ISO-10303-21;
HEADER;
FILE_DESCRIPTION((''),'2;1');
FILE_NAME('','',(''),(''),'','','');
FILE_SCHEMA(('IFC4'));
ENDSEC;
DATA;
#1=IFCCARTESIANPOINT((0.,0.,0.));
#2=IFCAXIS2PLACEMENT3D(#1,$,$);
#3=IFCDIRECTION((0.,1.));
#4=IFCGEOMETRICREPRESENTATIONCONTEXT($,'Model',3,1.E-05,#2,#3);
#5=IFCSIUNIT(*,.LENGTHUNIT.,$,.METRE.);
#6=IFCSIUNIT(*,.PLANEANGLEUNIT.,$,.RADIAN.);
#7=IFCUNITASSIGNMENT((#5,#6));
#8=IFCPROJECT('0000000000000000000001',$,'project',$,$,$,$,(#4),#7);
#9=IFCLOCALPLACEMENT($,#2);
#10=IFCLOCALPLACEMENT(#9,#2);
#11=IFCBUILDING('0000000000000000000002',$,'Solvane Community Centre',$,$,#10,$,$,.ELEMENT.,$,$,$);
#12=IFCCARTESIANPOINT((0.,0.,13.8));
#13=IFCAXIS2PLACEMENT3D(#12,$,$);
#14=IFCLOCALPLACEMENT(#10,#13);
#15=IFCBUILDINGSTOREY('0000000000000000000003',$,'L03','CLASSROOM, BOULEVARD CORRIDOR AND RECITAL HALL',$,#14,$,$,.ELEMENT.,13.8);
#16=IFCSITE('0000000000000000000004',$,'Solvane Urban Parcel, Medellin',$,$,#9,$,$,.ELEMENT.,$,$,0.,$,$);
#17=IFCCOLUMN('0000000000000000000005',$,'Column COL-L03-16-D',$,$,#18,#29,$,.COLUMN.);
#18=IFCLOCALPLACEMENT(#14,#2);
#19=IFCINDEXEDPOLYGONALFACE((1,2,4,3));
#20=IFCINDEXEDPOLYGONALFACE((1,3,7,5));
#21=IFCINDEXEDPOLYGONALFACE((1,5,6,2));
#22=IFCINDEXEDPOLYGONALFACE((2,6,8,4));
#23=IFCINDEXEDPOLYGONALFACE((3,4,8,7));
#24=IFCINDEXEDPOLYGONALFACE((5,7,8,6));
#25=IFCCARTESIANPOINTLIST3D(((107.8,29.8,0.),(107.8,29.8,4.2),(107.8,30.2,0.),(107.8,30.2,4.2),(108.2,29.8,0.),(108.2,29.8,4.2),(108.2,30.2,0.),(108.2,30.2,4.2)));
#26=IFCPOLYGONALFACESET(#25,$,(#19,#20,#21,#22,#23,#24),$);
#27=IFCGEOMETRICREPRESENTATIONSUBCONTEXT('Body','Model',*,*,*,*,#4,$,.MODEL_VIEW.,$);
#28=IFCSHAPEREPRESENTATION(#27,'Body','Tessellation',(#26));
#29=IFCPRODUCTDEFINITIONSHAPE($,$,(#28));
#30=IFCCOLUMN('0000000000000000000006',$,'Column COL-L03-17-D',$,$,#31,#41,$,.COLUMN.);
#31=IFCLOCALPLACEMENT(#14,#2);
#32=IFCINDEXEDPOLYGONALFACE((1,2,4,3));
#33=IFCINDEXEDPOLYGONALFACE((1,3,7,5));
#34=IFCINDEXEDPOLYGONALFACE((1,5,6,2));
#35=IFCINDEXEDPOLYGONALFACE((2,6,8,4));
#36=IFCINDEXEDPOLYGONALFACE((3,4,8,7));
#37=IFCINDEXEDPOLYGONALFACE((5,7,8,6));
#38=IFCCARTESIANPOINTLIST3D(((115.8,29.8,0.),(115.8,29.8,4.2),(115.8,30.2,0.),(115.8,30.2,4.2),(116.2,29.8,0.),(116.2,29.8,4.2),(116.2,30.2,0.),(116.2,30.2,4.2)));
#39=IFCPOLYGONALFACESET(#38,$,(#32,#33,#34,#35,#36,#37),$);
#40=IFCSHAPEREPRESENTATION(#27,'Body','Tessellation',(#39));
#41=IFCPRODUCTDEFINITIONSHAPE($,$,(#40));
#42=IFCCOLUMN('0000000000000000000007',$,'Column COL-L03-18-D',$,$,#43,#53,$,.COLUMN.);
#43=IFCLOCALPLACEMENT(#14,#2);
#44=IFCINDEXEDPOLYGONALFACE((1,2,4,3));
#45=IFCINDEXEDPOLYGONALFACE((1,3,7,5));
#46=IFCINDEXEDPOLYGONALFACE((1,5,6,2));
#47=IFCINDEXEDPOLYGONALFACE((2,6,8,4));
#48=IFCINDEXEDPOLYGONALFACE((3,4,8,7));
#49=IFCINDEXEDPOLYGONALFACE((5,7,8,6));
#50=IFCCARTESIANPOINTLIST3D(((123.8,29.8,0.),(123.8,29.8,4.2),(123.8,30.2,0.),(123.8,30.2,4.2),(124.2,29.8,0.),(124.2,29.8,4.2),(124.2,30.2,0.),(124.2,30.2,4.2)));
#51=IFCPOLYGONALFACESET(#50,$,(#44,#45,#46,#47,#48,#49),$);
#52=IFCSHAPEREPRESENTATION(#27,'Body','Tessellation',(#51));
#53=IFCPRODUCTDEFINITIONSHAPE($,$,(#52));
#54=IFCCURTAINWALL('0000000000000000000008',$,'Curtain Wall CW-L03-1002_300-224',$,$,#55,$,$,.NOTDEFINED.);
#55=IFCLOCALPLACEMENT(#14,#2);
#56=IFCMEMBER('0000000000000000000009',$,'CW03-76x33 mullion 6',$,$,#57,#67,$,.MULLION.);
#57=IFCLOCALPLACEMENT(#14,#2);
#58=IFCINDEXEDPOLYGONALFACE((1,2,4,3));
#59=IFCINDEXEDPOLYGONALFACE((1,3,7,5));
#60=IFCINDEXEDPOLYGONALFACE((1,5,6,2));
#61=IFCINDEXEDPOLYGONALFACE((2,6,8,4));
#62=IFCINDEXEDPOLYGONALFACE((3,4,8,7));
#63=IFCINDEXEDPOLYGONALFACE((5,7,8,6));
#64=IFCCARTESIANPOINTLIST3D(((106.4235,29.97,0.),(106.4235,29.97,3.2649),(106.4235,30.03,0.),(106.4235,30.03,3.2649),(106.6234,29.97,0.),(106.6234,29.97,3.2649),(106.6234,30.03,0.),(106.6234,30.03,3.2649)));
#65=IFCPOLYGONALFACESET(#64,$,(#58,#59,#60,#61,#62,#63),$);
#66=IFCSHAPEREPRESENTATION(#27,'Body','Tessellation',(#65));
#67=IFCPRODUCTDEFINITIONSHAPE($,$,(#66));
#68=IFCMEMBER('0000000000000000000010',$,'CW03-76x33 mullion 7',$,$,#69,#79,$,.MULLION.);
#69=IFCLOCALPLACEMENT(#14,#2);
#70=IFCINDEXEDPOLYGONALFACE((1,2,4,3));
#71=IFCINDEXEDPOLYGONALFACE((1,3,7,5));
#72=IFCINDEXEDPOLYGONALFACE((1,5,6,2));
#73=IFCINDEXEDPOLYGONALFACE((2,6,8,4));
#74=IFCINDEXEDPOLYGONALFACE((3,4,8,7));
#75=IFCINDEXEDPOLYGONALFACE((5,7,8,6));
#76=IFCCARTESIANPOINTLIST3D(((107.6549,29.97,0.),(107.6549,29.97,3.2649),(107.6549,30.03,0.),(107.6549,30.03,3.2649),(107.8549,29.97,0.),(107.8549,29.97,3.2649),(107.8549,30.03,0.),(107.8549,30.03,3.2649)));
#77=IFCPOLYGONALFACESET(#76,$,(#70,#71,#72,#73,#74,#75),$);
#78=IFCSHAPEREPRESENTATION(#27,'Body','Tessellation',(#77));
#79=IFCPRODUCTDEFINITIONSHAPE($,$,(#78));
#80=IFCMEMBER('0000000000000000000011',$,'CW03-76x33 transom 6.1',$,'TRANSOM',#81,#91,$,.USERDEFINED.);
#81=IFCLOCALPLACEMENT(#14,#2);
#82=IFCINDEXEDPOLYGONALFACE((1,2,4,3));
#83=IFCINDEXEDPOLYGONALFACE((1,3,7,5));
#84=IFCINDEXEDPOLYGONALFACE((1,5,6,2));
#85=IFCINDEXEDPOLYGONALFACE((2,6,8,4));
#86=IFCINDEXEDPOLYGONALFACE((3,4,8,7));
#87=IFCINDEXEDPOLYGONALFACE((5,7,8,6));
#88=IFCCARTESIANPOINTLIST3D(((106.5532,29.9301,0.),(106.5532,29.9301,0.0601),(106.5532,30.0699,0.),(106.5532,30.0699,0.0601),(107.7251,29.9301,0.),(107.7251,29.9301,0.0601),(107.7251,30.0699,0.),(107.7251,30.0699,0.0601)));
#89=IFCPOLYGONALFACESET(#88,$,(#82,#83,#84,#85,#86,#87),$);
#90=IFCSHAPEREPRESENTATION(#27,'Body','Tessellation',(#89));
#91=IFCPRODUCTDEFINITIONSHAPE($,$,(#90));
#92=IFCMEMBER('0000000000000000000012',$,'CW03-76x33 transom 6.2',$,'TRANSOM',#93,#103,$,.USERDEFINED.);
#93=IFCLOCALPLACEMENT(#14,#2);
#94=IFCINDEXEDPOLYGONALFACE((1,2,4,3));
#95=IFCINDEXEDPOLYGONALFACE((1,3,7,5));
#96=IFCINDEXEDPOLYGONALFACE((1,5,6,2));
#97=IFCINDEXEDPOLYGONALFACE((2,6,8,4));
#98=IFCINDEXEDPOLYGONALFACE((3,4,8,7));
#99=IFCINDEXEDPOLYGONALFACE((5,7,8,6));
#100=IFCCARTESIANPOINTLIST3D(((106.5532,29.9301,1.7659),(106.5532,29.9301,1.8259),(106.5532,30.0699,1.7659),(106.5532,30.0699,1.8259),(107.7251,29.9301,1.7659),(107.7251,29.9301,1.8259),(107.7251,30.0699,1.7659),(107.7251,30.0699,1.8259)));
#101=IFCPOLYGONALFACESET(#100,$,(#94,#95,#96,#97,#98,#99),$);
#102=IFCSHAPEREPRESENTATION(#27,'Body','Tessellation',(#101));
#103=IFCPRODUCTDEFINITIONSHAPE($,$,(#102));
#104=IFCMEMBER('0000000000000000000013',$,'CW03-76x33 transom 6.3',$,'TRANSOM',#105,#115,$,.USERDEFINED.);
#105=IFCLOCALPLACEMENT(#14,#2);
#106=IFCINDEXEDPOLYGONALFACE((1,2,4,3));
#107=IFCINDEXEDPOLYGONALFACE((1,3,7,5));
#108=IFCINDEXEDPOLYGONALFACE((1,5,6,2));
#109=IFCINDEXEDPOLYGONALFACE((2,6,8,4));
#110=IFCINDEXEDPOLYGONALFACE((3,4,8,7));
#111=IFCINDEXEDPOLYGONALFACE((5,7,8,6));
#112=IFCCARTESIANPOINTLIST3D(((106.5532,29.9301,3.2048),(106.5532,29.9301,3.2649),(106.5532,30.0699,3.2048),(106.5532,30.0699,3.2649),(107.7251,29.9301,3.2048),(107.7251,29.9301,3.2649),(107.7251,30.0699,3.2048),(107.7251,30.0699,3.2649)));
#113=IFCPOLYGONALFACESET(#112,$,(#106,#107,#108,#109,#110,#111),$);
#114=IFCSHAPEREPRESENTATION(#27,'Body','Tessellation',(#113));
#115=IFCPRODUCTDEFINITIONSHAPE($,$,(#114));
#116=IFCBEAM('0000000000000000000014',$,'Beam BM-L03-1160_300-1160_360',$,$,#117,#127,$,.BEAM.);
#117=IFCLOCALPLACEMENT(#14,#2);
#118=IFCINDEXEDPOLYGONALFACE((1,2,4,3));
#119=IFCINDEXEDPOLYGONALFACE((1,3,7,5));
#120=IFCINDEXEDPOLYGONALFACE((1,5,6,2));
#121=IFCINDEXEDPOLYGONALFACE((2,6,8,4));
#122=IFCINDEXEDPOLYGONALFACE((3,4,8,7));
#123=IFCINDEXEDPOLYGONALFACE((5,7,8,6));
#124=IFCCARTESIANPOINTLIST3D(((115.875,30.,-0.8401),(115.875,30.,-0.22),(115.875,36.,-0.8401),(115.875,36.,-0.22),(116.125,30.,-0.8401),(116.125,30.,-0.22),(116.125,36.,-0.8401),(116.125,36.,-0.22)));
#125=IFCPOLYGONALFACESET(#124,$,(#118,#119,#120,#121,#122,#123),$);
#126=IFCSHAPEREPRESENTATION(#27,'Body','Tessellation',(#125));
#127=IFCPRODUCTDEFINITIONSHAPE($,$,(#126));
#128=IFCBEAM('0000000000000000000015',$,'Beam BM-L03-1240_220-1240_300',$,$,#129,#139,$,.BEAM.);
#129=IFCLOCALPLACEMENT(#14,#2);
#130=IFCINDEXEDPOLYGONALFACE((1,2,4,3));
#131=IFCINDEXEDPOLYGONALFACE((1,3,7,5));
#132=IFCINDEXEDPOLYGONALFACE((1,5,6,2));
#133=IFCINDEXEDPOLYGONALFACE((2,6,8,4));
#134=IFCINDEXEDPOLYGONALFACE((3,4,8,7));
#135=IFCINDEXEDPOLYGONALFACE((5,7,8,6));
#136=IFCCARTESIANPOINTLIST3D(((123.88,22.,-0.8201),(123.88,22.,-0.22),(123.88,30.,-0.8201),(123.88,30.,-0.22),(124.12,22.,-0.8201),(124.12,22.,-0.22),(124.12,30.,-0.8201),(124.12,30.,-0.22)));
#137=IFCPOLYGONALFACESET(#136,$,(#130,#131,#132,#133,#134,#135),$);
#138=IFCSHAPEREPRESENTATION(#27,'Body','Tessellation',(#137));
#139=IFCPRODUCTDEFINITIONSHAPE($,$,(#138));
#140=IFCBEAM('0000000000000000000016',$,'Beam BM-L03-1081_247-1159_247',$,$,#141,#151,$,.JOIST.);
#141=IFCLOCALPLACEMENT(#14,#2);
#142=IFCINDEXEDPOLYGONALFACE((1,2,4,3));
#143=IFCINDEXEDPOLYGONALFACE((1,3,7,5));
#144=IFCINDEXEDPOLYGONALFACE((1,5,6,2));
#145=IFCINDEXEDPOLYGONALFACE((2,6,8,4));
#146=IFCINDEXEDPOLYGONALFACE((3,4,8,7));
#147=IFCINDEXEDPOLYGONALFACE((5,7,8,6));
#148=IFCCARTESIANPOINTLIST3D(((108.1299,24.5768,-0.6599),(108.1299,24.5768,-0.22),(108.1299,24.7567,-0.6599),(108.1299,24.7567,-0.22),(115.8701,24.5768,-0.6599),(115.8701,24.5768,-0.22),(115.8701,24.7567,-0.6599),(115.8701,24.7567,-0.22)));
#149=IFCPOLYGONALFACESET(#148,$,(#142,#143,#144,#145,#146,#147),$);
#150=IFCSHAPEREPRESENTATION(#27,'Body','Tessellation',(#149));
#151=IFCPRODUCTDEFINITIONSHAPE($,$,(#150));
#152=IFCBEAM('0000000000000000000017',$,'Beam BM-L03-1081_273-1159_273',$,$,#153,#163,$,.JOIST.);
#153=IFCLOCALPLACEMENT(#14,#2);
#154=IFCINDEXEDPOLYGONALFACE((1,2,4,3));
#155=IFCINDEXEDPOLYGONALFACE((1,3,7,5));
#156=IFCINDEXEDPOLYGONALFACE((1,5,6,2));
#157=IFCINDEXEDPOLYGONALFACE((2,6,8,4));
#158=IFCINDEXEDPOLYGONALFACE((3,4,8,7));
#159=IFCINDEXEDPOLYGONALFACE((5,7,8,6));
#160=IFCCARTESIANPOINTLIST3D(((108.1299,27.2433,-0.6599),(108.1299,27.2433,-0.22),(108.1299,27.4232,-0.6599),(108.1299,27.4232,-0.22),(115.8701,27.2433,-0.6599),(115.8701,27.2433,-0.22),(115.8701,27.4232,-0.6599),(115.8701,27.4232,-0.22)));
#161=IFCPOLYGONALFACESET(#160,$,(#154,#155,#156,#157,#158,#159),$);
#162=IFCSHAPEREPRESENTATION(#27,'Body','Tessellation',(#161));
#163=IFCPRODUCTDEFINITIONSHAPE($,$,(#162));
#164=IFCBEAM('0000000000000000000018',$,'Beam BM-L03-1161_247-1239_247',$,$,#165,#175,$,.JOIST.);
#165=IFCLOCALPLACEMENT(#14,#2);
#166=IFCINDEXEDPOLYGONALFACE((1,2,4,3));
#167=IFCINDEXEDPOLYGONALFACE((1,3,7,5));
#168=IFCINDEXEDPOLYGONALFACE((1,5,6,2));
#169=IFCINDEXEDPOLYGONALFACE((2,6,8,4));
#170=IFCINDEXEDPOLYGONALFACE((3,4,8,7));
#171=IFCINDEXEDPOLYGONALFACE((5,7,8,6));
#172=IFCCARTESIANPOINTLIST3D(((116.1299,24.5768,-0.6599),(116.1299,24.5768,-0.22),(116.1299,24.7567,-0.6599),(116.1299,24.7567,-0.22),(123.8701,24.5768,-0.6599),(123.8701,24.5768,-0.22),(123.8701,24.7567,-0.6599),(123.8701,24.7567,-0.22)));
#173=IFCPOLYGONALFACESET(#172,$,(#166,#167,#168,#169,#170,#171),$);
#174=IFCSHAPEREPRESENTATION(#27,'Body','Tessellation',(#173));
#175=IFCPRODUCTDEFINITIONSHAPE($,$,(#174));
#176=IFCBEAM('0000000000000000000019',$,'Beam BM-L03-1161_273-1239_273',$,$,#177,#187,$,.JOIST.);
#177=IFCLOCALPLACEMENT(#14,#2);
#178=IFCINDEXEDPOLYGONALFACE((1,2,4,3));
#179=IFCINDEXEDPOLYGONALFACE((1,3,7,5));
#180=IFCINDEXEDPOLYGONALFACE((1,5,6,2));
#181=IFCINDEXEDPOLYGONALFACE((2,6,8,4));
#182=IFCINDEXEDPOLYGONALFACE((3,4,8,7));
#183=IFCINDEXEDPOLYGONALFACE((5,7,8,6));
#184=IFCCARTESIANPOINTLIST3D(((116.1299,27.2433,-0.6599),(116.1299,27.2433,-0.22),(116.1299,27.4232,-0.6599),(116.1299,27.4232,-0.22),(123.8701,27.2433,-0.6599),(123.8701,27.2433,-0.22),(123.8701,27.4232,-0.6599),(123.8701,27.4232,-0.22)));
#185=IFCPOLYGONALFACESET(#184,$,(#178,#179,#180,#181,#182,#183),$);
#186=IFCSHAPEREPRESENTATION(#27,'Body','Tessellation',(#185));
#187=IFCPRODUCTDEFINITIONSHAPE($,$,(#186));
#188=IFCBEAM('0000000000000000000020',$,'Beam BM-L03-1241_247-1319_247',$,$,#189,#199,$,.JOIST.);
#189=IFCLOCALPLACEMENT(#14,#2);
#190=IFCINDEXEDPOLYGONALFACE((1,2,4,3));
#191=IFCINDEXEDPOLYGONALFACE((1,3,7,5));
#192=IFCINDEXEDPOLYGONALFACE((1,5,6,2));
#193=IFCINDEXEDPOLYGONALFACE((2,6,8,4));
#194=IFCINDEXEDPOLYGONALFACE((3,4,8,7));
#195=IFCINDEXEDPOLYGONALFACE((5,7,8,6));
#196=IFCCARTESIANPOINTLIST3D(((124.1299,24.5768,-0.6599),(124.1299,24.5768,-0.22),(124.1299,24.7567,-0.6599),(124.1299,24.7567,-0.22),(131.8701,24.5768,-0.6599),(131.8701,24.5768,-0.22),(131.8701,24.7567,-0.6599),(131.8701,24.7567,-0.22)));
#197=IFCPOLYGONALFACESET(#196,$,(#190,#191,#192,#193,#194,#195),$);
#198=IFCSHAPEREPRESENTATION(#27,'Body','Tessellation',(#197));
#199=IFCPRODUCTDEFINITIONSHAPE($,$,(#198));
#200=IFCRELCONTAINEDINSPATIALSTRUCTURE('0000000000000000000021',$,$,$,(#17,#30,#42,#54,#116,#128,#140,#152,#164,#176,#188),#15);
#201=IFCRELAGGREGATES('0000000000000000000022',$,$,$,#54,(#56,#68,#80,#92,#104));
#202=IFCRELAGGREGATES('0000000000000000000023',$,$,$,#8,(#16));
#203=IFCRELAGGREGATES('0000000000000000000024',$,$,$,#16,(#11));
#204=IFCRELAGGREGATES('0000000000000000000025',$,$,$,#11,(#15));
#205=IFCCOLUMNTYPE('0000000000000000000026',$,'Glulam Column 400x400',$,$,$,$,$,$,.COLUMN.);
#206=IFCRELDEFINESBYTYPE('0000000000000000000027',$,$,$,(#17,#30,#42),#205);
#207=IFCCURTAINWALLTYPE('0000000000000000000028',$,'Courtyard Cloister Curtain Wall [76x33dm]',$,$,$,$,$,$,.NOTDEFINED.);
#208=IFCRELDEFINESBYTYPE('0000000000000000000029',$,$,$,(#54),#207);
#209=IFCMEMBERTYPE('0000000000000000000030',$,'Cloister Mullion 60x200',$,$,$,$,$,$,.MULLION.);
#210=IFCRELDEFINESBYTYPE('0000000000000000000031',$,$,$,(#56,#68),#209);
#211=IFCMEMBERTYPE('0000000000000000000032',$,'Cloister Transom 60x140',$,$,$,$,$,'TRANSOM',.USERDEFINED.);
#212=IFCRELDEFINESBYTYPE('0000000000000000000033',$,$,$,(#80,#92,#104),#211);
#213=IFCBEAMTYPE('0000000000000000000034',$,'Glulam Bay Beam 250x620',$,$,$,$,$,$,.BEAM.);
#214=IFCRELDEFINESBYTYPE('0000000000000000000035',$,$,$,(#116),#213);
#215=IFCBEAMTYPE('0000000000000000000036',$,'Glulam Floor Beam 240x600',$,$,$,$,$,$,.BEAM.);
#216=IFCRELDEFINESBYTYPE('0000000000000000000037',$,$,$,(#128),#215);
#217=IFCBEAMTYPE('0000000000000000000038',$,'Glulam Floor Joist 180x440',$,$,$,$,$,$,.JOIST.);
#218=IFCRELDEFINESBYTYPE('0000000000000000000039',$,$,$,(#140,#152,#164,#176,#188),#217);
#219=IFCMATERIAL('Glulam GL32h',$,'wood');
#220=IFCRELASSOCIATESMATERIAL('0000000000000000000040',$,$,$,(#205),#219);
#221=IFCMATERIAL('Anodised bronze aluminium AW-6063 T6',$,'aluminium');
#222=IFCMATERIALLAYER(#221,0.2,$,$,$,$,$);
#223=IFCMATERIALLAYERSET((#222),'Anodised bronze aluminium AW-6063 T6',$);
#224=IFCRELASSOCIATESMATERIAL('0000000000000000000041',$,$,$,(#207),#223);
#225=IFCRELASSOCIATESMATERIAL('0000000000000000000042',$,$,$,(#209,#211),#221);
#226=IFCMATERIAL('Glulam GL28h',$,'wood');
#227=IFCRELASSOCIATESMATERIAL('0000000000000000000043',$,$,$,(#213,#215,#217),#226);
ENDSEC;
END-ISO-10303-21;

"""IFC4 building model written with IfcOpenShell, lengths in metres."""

from ifc_helpers import new_model, si_unit, direction, frame, origin, origin_2d, place, context, subcontext, project, spatial, rectangle, extrude, material, layer, layer_set, material_profile, profile_set, type_object, element, aggregate, save


model = new_model("IFC4")

# Units and contexts
model_context = context("Model", 3, precision=1e-05, world=origin(), true_north=direction((0.0, 1.0)))
body_context = subcontext(model_context, "Body", "Model", "MODEL_VIEW")
ifc_project = project(units=[si_unit("LENGTHUNIT", "METRE"), si_unit("PLANEANGLEUNIT", "RADIAN")], contexts=[model_context])

# Site, building, storey
site_placement = place(None, origin())
site = spatial("IfcSite", under=ifc_project, at=site_placement, Name="Solvane Urban Parcel, Medellin", CompositionType="ELEMENT", RefElevation=0.0)
building_placement = place(site_placement, origin())
building = spatial("IfcBuilding", under=site, at=building_placement, Name="Solvane Community Centre", CompositionType="ELEMENT")
storey_placement = place(building_placement, frame((0.0, 0.0, 13.8)))
storey = spatial("IfcBuildingStorey", under=building, at=storey_placement, Name="L03", Description="CLASSROOM, BOULEVARD CORRIDOR AND RECITAL HALL", CompositionType="ELEMENT", Elevation=13.8)

# Columns
ifc_material_1 = material(Name="Glulam GL32h", Category="wood")
ifc_material_profile_1 = material_profile(ifc_material_1, rectangle(XDim=0.3999, YDim=0.3999, at=origin_2d()), Name="GL32h 400x400")
ifc_profile_set_1 = profile_set([ifc_material_profile_1], Name="Glulam GL32h")
column_type = type_object("IfcColumnType", Name="Glulam Column 400x400", PredefinedType="COLUMN", material=ifc_profile_set_1)
for number, where, z_axis, x_axis, name in (
    (1, (108.0, 30.0, 0.0), (0.0, 0.0, 1.0), (1.0, 0.0, 0.0), "Column COL-L03-16-D"),
    (2, (116.0, 30.0, 0.0), (0.0, 0.0, 1.0), (1.0, 0.0, 0.0), "Column COL-L03-17-D"),
    (3, (124.0, 30.0, 0.0), (0.0, 0.0, 1.0), (1.0, 0.0, 0.0), "Column COL-L03-18-D"),
):
    element("IfcColumn", number, at=place(storey_placement, frame(where, z_axis=z_axis, x_axis=x_axis)), inside=storey, type_object=column_type, Name=name, PredefinedType="COLUMN", context=body_context, shape_type="SweptSolid", body=[
        extrude(rectangle(XDim=0.3999, YDim=0.3999, at=origin_2d()), origin(), (0.0, 0.0, 1.0), 4.2),
    ])

# Curtain wall, members
ifc_material_2 = material(Name="Anodised bronze aluminium AW-6063 T6", Category="aluminium")
ifc_layer_1 = layer(ifc_material_2, 0.2)
ifc_layer_set_1 = layer_set([ifc_layer_1], Name="Anodised bronze aluminium AW-6063 T6")
curtain_wall_type = type_object("IfcCurtainWallType", Name="Courtyard Cloister Curtain Wall [76x33dm]", PredefinedType="NOTDEFINED", material=ifc_layer_set_1)
curtain_wall_placement = place(storey_placement, origin())
curtain_wall = element("IfcCurtainWall", 4, at=curtain_wall_placement, inside=storey, type_object=curtain_wall_type, Name="Curtain Wall CW-L03-1002_300-224", PredefinedType="NOTDEFINED")
ifc_material_profile_2 = material_profile(ifc_material_2, rectangle(XDim=0.0601, YDim=0.2, at=origin_2d()), Name="CW-M 60x200")
ifc_profile_set_2 = profile_set([ifc_material_profile_2], Name="Anodised bronze aluminium AW-6063 T6")
member_type_1 = type_object("IfcMemberType", Name="Cloister Mullion 60x200", PredefinedType="MULLION", material=ifc_profile_set_2)
member_1_placement = place(storey_placement, frame((106.5234, 30.0, 0.0), z_axis=(0.0, 0.0, 1.0), x_axis=(0.0, 1.0, 0.0)))
member_1 = element("IfcMember", 5, at=member_1_placement, type_object=member_type_1, Name="CW03-76x33 mullion 6", PredefinedType="MULLION", context=body_context, shape_type="SweptSolid", body=[
    extrude(rectangle(XDim=0.0601, YDim=0.2, at=origin_2d()), origin(), (0.0, 0.0, 1.0), 3.2649),
])
member_2_placement = place(storey_placement, frame((107.7549, 30.0, 0.0), z_axis=(0.0, 0.0, 1.0), x_axis=(0.0, 1.0, 0.0)))
member_2 = element("IfcMember", 6, at=member_2_placement, type_object=member_type_1, Name="CW03-76x33 mullion 7", PredefinedType="MULLION", context=body_context, shape_type="SweptSolid", body=[
    extrude(rectangle(XDim=0.0601, YDim=0.2, at=origin_2d()), origin(), (0.0, 0.0, 1.0), 3.2649),
])
ifc_material_profile_3 = material_profile(ifc_material_2, rectangle(XDim=0.1399, YDim=0.0601, at=origin_2d()), Name="CW-T 60x140")
ifc_profile_set_3 = profile_set([ifc_material_profile_3], Name="Anodised bronze aluminium AW-6063 T6")
member_type_2 = type_object("IfcMemberType", Name="Cloister Transom 60x140", ElementType="TRANSOM", PredefinedType="USERDEFINED", material=ifc_profile_set_3)
member_3_placement = place(storey_placement, frame((106.5532, 30.0, 0.03), z_axis=(1.0, 0.0, 0.0), x_axis=(0.0, 1.0, 0.0)))
member_3 = element("IfcMember", 7, at=member_3_placement, type_object=member_type_2, Name="CW03-76x33 transom 6.1", ObjectType="TRANSOM", PredefinedType="USERDEFINED", context=body_context, shape_type="SweptSolid", body=[
    extrude(rectangle(XDim=0.1399, YDim=0.0601, at=origin_2d()), origin(), (0.0, 0.0, 1.0), 1.1719),
])
member_4_placement = place(storey_placement, frame((106.5532, 30.0, 1.7959), z_axis=(1.0, 0.0, 0.0), x_axis=(0.0, 1.0, 0.0)))
member_4 = element("IfcMember", 8, at=member_4_placement, type_object=member_type_2, Name="CW03-76x33 transom 6.2", ObjectType="TRANSOM", PredefinedType="USERDEFINED", context=body_context, shape_type="SweptSolid", body=[
    extrude(rectangle(XDim=0.1399, YDim=0.0601, at=origin_2d()), origin(), (0.0, 0.0, 1.0), 1.1719),
])
member_5_placement = place(storey_placement, frame((106.5532, 30.0, 3.2349), z_axis=(1.0, 0.0, 0.0), x_axis=(0.0, 1.0, 0.0)))
member_5 = element("IfcMember", 9, at=member_5_placement, type_object=member_type_2, Name="CW03-76x33 transom 6.3", ObjectType="TRANSOM", PredefinedType="USERDEFINED", context=body_context, shape_type="SweptSolid", body=[
    extrude(rectangle(XDim=0.1399, YDim=0.0601, at=origin_2d()), origin(), (0.0, 0.0, 1.0), 1.1719),
])

# Beams
ifc_material_3 = material(Name="Glulam GL28h", Category="wood")
ifc_material_profile_4 = material_profile(ifc_material_3, rectangle(XDim=0.25, YDim=0.6201, at=origin_2d()), Name="GL28h 250x620")
ifc_profile_set_4 = profile_set([ifc_material_profile_4], Name="Glulam GL28h")
beam_type_1 = type_object("IfcBeamType", Name="Glulam Bay Beam 250x620", PredefinedType="BEAM", material=ifc_profile_set_4)
beam_1_placement = place(storey_placement, frame((116.0, 30.0, -0.53), z_axis=(0.0, 1.0, 0.0), x_axis=(-1.0, 0.0, 0.0)))
element("IfcBeam", 10, at=beam_1_placement, inside=storey, type_object=beam_type_1, Name="Beam BM-L03-1160_300-1160_360", PredefinedType="BEAM", context=body_context, shape_type="SweptSolid", body=[
    extrude(rectangle(XDim=0.25, YDim=0.6201, at=origin_2d()), origin(), (0.0, 0.0, 1.0), 6.0),
])
ifc_material_profile_5 = material_profile(ifc_material_3, rectangle(XDim=0.24, YDim=0.6001, at=origin_2d()), Name="GL28h 240x600")
ifc_profile_set_5 = profile_set([ifc_material_profile_5], Name="Glulam GL28h")
beam_type_2 = type_object("IfcBeamType", Name="Glulam Floor Beam 240x600", PredefinedType="BEAM", material=ifc_profile_set_5)
beam_2_placement = place(storey_placement, frame((124.0, 22.0, -0.52), z_axis=(0.0, 1.0, 0.0), x_axis=(-1.0, 0.0, 0.0)))
element("IfcBeam", 11, at=beam_2_placement, inside=storey, type_object=beam_type_2, Name="Beam BM-L03-1240_220-1240_300", PredefinedType="BEAM", context=body_context, shape_type="SweptSolid", body=[
    extrude(rectangle(XDim=0.24, YDim=0.6001, at=origin_2d()), origin(), (0.0, 0.0, 1.0), 8.0),
])
ifc_material_profile_6 = material_profile(ifc_material_3, rectangle(XDim=0.1799, YDim=0.4399, at=origin_2d()), Name="GL28h 180x440")
ifc_profile_set_6 = profile_set([ifc_material_profile_6], Name="Glulam GL28h")
beam_type_3 = type_object("IfcBeamType", Name="Glulam Floor Joist 180x440", PredefinedType="JOIST", material=ifc_profile_set_6)
for number, where, z_axis, x_axis, name in (
    (12, (108.1299, 24.6667, -0.4399), (1.0, 0.0, 0.0), (0.0, 1.0, 0.0), "Beam BM-L03-1081_247-1159_247"),
    (13, (108.1299, 27.3333, -0.4399), (1.0, 0.0, 0.0), (0.0, 1.0, 0.0), "Beam BM-L03-1081_273-1159_273"),
    (14, (116.1299, 24.6667, -0.4399), (1.0, 0.0, 0.0), (0.0, 1.0, 0.0), "Beam BM-L03-1161_247-1239_247"),
    (15, (116.1299, 27.3333, -0.4399), (1.0, 0.0, 0.0), (0.0, 1.0, 0.0), "Beam BM-L03-1161_273-1239_273"),
    (16, (124.1299, 24.6667, -0.4399), (1.0, 0.0, 0.0), (0.0, 1.0, 0.0), "Beam BM-L03-1241_247-1319_247"),
):
    element("IfcBeam", number, at=place(storey_placement, frame(where, z_axis=z_axis, x_axis=x_axis)), inside=storey, type_object=beam_type_3, Name=name, PredefinedType="JOIST", context=body_context, shape_type="SweptSolid", body=[
        extrude(rectangle(XDim=0.1799, YDim=0.4399, at=origin_2d()), origin(), (0.0, 0.0, 1.0), 7.7402),
    ])

aggregate(curtain_wall, [member_1, member_2, member_3, member_4, member_5])

save(model, "model.ifc")
